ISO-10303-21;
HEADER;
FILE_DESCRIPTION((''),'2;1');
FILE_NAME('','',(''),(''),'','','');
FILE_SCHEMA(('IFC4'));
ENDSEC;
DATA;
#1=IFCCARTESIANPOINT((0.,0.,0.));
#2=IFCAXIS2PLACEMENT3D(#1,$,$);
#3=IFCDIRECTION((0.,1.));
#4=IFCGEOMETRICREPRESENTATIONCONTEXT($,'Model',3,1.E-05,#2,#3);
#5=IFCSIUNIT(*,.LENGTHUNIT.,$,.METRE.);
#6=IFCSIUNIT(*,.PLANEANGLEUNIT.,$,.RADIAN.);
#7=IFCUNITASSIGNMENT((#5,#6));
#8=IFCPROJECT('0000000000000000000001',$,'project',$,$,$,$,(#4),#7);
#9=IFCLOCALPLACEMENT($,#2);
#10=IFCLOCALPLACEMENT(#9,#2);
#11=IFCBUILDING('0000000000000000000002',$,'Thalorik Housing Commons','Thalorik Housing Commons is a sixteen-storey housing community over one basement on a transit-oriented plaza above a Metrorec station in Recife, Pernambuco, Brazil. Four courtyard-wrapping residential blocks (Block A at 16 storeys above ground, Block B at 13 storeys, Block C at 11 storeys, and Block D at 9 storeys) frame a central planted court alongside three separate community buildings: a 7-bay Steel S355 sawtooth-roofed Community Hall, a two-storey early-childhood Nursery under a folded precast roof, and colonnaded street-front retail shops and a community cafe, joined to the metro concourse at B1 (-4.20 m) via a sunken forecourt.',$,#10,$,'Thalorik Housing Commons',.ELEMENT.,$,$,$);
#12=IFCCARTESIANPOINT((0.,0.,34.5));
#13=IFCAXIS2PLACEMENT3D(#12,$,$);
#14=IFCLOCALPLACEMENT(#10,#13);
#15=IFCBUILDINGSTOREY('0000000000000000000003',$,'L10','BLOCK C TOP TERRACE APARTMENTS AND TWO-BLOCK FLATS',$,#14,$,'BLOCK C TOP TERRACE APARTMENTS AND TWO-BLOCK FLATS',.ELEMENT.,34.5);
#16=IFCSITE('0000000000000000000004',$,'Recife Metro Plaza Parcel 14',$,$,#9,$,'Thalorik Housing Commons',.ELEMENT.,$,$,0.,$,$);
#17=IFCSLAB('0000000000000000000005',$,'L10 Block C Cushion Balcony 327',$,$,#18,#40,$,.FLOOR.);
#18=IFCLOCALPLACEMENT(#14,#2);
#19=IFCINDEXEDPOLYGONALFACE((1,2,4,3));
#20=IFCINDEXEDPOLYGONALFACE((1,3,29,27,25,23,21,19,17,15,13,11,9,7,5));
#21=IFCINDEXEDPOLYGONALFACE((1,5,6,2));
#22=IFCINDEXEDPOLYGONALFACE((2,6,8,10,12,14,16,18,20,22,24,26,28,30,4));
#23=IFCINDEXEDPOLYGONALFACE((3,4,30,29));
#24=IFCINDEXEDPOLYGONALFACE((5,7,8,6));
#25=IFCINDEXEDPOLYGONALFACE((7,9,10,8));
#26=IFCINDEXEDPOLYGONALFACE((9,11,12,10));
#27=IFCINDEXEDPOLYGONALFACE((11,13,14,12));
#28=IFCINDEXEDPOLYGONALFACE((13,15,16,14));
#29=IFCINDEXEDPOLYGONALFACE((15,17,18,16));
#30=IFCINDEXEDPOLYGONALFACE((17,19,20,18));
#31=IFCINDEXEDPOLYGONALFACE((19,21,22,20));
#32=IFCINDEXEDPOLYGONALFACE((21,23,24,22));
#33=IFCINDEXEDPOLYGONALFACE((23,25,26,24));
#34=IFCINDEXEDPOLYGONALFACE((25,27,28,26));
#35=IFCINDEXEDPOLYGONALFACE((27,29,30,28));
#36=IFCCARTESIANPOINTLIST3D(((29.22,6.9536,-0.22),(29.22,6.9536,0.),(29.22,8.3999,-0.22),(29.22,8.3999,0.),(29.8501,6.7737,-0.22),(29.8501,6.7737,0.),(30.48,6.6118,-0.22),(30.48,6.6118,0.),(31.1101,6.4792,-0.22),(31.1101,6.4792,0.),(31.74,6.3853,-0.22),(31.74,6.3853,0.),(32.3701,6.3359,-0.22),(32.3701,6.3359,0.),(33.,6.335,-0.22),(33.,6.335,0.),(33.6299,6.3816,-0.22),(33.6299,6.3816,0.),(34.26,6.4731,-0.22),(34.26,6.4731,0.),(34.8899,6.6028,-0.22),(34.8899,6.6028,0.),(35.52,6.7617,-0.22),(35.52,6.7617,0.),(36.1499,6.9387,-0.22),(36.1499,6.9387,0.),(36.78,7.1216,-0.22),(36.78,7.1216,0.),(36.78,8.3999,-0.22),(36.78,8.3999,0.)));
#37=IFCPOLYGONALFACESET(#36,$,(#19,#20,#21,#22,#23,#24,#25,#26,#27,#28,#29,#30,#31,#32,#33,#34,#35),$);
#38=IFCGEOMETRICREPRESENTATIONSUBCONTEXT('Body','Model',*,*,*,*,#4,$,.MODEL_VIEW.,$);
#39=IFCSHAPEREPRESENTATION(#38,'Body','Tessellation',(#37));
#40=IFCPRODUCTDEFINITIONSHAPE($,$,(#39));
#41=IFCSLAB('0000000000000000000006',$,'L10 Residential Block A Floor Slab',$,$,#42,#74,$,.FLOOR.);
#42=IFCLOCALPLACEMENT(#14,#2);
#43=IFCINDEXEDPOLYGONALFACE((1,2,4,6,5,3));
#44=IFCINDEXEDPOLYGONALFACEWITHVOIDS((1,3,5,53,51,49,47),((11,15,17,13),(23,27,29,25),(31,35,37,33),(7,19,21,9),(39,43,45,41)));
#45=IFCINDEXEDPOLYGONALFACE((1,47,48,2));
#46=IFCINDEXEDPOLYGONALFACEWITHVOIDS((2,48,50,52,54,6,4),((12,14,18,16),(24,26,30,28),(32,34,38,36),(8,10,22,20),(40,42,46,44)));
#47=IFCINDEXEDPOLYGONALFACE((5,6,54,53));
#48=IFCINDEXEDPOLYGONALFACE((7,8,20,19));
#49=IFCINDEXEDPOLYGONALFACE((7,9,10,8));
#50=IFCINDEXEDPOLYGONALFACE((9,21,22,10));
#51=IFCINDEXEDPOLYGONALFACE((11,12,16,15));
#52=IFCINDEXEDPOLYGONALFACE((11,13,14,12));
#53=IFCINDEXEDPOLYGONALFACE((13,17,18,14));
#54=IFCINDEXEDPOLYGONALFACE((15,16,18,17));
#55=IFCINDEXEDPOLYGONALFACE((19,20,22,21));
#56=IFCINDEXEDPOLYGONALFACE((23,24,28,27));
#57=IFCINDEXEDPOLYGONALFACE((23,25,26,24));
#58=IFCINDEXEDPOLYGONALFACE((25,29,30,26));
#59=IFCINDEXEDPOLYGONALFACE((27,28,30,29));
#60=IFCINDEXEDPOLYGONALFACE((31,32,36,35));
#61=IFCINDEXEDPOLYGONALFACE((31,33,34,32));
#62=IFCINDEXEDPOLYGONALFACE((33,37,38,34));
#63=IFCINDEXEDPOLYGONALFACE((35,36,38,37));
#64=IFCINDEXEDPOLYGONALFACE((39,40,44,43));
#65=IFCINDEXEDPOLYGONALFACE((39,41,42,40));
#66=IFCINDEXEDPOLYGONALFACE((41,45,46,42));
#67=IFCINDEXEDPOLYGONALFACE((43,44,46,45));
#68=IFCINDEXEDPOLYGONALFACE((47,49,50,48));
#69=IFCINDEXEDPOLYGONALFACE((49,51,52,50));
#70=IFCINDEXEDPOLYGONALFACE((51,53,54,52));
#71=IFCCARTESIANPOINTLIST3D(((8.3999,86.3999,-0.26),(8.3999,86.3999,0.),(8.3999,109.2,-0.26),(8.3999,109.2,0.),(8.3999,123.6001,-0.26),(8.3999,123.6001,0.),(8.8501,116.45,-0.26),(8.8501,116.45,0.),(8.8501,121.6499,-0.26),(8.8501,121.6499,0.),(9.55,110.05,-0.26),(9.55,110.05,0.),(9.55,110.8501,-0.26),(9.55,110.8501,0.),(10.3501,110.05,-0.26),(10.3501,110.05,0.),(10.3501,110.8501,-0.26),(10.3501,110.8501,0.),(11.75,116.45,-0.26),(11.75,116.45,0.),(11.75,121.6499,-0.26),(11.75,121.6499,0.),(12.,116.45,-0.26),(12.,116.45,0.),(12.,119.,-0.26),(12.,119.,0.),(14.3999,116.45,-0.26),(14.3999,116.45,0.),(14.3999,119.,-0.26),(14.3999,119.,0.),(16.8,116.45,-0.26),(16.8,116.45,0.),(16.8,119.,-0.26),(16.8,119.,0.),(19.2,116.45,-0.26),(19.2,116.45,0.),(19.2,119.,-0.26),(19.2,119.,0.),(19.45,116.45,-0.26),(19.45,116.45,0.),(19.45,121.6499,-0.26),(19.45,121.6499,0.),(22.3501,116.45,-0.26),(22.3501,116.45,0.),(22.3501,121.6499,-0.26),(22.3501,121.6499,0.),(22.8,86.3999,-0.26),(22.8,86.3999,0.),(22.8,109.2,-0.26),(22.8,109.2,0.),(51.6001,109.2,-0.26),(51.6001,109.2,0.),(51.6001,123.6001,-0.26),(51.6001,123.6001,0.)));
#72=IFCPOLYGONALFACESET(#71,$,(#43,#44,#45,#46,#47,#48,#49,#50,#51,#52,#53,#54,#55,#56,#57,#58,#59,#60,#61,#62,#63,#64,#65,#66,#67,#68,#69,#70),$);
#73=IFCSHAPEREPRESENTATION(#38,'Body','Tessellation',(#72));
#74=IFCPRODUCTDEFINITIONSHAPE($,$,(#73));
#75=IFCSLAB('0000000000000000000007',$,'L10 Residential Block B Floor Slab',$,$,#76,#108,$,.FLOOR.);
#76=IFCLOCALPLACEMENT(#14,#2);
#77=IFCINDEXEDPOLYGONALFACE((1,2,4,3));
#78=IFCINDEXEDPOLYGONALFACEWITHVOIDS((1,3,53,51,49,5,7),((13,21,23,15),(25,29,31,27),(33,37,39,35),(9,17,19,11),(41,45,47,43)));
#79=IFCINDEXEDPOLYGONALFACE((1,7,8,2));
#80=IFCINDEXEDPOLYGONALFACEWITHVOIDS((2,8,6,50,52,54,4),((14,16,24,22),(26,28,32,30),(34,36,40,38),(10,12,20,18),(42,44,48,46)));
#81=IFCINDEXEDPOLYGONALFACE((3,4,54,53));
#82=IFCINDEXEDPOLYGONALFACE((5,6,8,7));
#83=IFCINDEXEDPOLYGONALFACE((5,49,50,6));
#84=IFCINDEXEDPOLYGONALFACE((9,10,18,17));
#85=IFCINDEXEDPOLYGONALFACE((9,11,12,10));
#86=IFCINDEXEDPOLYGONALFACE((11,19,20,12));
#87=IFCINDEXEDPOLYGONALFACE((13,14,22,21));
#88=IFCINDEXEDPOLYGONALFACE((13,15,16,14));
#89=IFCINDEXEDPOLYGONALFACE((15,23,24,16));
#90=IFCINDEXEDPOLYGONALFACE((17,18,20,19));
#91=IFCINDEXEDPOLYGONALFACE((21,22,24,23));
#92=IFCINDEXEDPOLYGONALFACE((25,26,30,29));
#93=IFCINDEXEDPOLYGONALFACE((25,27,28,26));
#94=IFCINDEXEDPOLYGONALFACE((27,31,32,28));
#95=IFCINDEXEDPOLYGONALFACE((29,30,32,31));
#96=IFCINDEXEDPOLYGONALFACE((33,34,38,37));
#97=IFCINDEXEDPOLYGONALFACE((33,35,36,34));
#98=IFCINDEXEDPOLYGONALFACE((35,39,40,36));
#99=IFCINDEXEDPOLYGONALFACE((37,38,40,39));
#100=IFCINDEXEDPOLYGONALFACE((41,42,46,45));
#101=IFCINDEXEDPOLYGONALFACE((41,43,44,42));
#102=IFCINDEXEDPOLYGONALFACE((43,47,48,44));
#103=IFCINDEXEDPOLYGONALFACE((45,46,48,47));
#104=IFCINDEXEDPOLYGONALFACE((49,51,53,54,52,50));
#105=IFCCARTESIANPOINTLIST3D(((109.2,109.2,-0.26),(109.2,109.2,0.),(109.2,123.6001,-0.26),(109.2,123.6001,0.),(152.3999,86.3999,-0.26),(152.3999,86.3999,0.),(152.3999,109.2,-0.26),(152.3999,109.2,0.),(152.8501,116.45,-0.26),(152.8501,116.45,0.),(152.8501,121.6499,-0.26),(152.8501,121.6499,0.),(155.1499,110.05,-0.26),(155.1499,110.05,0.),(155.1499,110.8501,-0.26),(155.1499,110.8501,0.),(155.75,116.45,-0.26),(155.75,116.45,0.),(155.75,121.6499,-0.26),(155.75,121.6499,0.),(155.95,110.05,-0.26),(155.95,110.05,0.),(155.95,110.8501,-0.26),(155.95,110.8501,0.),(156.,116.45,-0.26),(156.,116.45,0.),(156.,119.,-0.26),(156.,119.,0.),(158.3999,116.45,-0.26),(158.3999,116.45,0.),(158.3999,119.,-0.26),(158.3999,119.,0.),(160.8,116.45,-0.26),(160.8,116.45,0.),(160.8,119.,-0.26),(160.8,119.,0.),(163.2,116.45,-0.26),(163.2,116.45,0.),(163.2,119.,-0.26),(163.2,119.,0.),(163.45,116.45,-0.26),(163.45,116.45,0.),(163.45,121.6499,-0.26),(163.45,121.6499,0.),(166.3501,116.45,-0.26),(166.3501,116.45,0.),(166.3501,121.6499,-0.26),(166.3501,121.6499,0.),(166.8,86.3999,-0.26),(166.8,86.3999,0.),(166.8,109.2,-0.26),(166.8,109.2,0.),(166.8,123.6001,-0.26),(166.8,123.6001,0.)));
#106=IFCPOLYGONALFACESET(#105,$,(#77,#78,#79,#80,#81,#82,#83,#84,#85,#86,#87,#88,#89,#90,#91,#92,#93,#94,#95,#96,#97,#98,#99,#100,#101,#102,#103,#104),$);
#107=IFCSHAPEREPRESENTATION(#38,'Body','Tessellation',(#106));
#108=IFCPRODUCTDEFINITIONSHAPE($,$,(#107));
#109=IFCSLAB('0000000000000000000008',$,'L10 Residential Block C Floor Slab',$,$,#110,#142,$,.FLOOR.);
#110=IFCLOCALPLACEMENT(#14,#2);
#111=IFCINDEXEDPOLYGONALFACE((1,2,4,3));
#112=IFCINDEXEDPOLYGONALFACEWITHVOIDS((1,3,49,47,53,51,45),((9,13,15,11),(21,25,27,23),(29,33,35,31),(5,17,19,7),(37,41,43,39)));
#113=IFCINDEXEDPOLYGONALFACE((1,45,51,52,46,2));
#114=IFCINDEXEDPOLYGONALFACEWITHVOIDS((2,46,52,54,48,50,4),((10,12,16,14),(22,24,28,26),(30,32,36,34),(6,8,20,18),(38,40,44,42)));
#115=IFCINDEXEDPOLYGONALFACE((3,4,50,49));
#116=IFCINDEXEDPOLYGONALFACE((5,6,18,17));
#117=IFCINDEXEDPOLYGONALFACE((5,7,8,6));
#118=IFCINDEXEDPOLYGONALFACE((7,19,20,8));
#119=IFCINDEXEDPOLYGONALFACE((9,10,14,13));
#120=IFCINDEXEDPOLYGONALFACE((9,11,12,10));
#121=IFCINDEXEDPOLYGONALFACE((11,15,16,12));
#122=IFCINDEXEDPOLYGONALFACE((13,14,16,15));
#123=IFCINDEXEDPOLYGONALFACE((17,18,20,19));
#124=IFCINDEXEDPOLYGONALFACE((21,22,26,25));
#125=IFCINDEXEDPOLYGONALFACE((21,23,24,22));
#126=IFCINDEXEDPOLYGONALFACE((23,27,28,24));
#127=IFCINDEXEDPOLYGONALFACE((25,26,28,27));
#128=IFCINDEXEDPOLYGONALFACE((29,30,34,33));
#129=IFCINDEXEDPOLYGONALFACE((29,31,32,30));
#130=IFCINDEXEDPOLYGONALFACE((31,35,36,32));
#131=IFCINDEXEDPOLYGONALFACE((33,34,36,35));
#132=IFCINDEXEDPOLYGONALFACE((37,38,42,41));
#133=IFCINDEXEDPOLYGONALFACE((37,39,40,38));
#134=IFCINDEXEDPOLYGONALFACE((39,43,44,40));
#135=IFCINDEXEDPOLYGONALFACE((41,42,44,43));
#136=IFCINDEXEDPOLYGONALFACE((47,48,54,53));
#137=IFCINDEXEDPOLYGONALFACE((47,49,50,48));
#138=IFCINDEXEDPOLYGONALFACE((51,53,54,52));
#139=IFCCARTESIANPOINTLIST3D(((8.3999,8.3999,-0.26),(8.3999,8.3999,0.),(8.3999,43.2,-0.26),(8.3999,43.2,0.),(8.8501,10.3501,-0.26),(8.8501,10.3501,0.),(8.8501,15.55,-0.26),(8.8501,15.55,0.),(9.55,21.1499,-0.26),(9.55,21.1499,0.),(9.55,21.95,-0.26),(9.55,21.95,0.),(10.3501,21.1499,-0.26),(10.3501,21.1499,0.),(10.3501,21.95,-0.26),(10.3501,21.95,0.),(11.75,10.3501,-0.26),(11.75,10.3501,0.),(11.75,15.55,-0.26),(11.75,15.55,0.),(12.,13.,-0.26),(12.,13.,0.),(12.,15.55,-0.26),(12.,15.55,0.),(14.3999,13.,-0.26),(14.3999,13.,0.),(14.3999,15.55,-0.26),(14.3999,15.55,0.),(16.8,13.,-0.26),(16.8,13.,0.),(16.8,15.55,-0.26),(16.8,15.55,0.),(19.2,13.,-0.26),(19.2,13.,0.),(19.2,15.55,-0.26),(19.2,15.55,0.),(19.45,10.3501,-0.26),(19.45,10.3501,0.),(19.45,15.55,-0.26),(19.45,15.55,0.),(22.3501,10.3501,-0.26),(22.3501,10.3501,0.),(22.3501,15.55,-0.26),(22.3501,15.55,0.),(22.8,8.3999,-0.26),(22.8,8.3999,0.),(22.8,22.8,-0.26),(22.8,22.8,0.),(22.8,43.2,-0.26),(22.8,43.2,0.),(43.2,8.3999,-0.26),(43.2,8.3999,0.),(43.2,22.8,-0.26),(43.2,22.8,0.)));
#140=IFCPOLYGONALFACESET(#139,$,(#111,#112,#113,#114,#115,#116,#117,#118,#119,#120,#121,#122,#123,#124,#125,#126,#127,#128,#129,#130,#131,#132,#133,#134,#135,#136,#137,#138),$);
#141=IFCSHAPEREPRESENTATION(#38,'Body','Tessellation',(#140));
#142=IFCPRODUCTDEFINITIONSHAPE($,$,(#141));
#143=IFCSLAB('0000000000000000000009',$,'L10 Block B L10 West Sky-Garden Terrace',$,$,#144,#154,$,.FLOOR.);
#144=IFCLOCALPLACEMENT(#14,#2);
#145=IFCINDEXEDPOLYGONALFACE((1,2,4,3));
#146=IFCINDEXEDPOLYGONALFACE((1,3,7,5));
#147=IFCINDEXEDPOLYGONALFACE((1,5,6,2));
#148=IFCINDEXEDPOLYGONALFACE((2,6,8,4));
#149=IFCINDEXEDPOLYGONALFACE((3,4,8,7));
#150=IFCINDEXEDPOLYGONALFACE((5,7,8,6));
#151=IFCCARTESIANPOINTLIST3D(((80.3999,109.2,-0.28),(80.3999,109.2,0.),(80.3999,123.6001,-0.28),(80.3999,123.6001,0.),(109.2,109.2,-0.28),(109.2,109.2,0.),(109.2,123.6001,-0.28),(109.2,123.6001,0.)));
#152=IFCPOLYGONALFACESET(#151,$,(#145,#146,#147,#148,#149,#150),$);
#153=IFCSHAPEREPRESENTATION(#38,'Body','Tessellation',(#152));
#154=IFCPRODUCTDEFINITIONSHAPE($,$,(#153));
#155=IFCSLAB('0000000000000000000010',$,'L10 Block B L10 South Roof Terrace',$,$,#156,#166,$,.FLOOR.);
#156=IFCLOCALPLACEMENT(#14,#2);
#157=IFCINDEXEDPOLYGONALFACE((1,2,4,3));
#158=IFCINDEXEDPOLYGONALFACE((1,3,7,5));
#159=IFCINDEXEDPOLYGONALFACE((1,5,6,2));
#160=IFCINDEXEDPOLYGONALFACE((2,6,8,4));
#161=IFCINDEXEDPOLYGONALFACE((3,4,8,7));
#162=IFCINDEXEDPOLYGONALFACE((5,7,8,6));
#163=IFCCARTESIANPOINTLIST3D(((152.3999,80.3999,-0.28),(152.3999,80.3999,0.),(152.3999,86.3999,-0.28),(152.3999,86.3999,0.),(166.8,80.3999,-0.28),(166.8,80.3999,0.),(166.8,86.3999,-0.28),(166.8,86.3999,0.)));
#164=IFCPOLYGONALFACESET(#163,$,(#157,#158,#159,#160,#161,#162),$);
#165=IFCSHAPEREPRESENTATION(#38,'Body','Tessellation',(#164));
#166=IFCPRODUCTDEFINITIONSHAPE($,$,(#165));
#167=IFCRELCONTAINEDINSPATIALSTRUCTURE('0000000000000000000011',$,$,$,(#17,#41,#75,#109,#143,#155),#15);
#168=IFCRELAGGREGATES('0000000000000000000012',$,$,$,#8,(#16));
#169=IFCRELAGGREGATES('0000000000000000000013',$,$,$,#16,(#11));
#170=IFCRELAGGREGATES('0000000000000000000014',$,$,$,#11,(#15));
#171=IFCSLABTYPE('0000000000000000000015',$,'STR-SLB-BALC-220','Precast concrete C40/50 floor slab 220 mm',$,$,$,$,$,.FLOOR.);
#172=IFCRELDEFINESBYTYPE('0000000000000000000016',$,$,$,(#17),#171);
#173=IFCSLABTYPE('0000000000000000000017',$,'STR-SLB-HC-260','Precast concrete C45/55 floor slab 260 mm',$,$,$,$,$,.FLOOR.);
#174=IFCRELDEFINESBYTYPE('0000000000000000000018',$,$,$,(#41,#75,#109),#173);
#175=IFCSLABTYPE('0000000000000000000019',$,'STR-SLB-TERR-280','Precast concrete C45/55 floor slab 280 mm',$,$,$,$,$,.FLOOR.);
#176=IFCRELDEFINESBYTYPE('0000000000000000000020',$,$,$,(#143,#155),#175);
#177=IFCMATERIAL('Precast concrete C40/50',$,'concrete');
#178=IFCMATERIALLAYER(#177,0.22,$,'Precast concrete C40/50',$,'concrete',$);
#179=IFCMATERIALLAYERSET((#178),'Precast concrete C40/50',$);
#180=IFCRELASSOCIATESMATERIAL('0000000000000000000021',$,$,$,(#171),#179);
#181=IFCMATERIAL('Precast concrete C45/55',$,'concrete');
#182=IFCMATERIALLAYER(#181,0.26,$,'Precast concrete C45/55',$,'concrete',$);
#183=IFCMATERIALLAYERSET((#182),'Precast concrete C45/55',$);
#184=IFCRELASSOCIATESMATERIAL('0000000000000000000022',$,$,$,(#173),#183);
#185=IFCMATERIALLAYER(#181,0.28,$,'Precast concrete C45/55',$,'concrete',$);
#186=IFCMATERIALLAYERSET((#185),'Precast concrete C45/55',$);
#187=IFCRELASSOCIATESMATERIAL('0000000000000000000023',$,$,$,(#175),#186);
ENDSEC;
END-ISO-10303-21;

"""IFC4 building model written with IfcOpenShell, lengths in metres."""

from ifc_helpers import new_model, si_unit, direction, frame, origin, place, context, subcontext, project, spatial, polyline, outline, extrude, material, layer, layer_set, type_object, element, save


model = new_model("IFC4")

# Units and contexts
model_context = context("Model", 3, precision=1e-05, world=origin(), true_north=direction((0.0, 1.0)))
body_context = subcontext(model_context, "Body", "Model", "MODEL_VIEW")
ifc_project = project(units=[si_unit("LENGTHUNIT", "METRE"), si_unit("PLANEANGLEUNIT", "RADIAN")], contexts=[model_context])

# Site, building, storey
site_placement = place(None, origin())
site = spatial("IfcSite", under=ifc_project, at=site_placement, Name="Recife Metro Plaza Parcel 14", LongName="Thalorik Housing Commons", CompositionType="ELEMENT", RefElevation=0.0)
building_placement = place(site_placement, origin())
building = spatial("IfcBuilding", under=site, at=building_placement, Name="Thalorik Housing Commons", Description="Thalorik Housing Commons is a sixteen-storey housing community over one basement on a transit-oriented plaza above a Metrorec station in Recife, Pernambuco, Brazil. Four courtyard-wrapping residential blocks (Block A at 16 storeys above ground, Block B at 13 storeys, Block C at 11 storeys, and Block D at 9 storeys) frame a central planted court alongside three separate community buildings: a 7-bay Steel S355 sawtooth-roofed Community Hall, a two-storey early-childhood Nursery under a folded precast roof, and colonnaded street-front retail shops and a community cafe, joined to the metro concourse at B1 (-4.20 m) via a sunken forecourt.", LongName="Thalorik Housing Commons", CompositionType="ELEMENT")
storey_placement = place(building_placement, frame((0.0, 0.0, 34.5)))
storey = spatial("IfcBuildingStorey", under=building, at=storey_placement, Name="L10", Description="BLOCK C TOP TERRACE APARTMENTS AND TWO-BLOCK FLATS", LongName="BLOCK C TOP TERRACE APARTMENTS AND TWO-BLOCK FLATS", CompositionType="ELEMENT", Elevation=34.5)

# Slabs
ifc_material_1 = material(Name="Precast concrete C40/50", Category="concrete")
ifc_layer_1 = layer(ifc_material_1, 0.22, Name="Precast concrete C40/50", Category="concrete")
ifc_layer_set_1 = layer_set([ifc_layer_1], Name="Precast concrete C40/50")
slab_type_1 = type_object("IfcSlabType", Name="STR-SLB-BALC-220", Description="Precast concrete C40/50 floor slab 220 mm", PredefinedType="FLOOR", material=ifc_layer_set_1)
slab_1_placement = place(storey_placement, frame((0.0, 0.0, -0.22)))
element("IfcSlab", 1, at=slab_1_placement, inside=storey, type_object=slab_type_1, Name="L10 Block C Cushion Balcony 327", PredefinedType="FLOOR", context=body_context, shape_type="SweptSolid", body=[
    extrude(outline(polyline([(29.22, 6.9536), (29.8501, 6.7737), (30.48, 6.6118), (31.1101, 6.4792), (31.74, 6.3853), (32.3701, 6.3359), (33.0, 6.335), (33.6299, 6.3816), (34.26, 6.4731), (34.8899, 6.6028), (35.52, 6.7617), (36.1499, 6.9387), (36.78, 7.1216), (36.78, 8.3999), (29.22, 8.3999), (29.22, 6.9536)])), origin(), (0.0, 0.0, 1.0), 0.22),
])
ifc_material_2 = material(Name="Precast concrete C45/55", Category="concrete")
ifc_layer_2 = layer(ifc_material_2, 0.26, Name="Precast concrete C45/55", Category="concrete")
ifc_layer_set_2 = layer_set([ifc_layer_2], Name="Precast concrete C45/55")
slab_type_2 = type_object("IfcSlabType", Name="STR-SLB-HC-260", Description="Precast concrete C45/55 floor slab 260 mm", PredefinedType="FLOOR", material=ifc_layer_set_2)
slab_2_placement = place(storey_placement, frame((0.0, 0.0, -0.26)))
element("IfcSlab", 2, at=slab_2_placement, inside=storey, type_object=slab_type_2, Name="L10 Residential Block A Floor Slab", PredefinedType="FLOOR", context=body_context, shape_type="SweptSolid", body=[
    extrude(outline(polyline([(8.3999, 123.6001), (8.3999, 109.2), (8.3999, 86.3999), (22.8, 86.3999), (22.8, 109.2), (51.6001, 109.2), (51.6001, 123.6001), (8.3999, 123.6001)]), holes=[polyline([(8.8501, 121.6499), (11.75, 121.6499), (11.75, 116.45), (8.8501, 116.45), (8.8501, 121.6499)]), polyline([(22.3501, 121.6499), (22.3501, 116.45), (19.45, 116.45), (19.45, 121.6499), (22.3501, 121.6499)]), polyline([(14.3999, 119.0), (14.3999, 116.45), (12.0, 116.45), (12.0, 119.0), (14.3999, 119.0)]), polyline([(19.2, 116.45), (16.8, 116.45), (16.8, 119.0), (19.2, 119.0), (19.2, 116.45)]), polyline([(9.55, 110.05), (9.55, 110.8501), (10.3501, 110.8501), (10.3501, 110.05), (9.55, 110.05)])]), origin(), (0.0, 0.0, 1.0), 0.26),
])
slab_3_placement = place(storey_placement, frame((0.0, 0.0, -0.26)))
element("IfcSlab", 3, at=slab_3_placement, inside=storey, type_object=slab_type_2, Name="L10 Residential Block B Floor Slab", PredefinedType="FLOOR", context=body_context, shape_type="SweptSolid", body=[
    extrude(outline(polyline([(109.2, 109.2), (152.3999, 109.2), (152.3999, 86.3999), (166.8, 86.3999), (166.8, 109.2), (166.8, 123.6001), (109.2, 123.6001), (109.2, 109.2)]), holes=[polyline([(152.8501, 121.6499), (155.75, 121.6499), (155.75, 116.45), (152.8501, 116.45), (152.8501, 121.6499)]), polyline([(166.3501, 121.6499), (166.3501, 116.45), (163.45, 116.45), (163.45, 121.6499), (166.3501, 121.6499)]), polyline([(158.3999, 119.0), (158.3999, 116.45), (156.0, 116.45), (156.0, 119.0), (158.3999, 119.0)]), polyline([(163.2, 116.45), (160.8, 116.45), (160.8, 119.0), (163.2, 119.0), (163.2, 116.45)]), polyline([(155.1499, 110.05), (155.1499, 110.8501), (155.95, 110.8501), (155.95, 110.05), (155.1499, 110.05)])]), origin(), (0.0, 0.0, 1.0), 0.26),
])
slab_4_placement = place(storey_placement, frame((0.0, 0.0, -0.26)))
element("IfcSlab", 4, at=slab_4_placement, inside=storey, type_object=slab_type_2, Name="L10 Residential Block C Floor Slab", PredefinedType="FLOOR", context=body_context, shape_type="SweptSolid", body=[
    extrude(outline(polyline([(8.3999, 8.3999), (22.8, 8.3999), (43.2, 8.3999), (43.2, 22.8), (22.8, 22.8), (22.8, 43.2), (8.3999, 43.2), (8.3999, 8.3999)]), holes=[polyline([(11.75, 10.3501), (8.8501, 10.3501), (8.8501, 15.55), (11.75, 15.55), (11.75, 10.3501)]), polyline([(19.45, 10.3501), (19.45, 15.55), (22.3501, 15.55), (22.3501, 10.3501), (19.45, 10.3501)]), polyline([(14.3999, 15.55), (14.3999, 13.0), (12.0, 13.0), (12.0, 15.55), (14.3999, 15.55)]), polyline([(19.2, 13.0), (16.8, 13.0), (16.8, 15.55), (19.2, 15.55), (19.2, 13.0)]), polyline([(9.55, 21.1499), (9.55, 21.95), (10.3501, 21.95), (10.3501, 21.1499), (9.55, 21.1499)])]), origin(), (0.0, 0.0, 1.0), 0.26),
])
ifc_layer_3 = layer(ifc_material_2, 0.28, Name="Precast concrete C45/55", Category="concrete")
ifc_layer_set_3 = layer_set([ifc_layer_3], Name="Precast concrete C45/55")
slab_type_3 = type_object("IfcSlabType", Name="STR-SLB-TERR-280", Description="Precast concrete C45/55 floor slab 280 mm", PredefinedType="FLOOR", material=ifc_layer_set_3)
slab_5_placement = place(storey_placement, frame((0.0, 0.0, -0.28)))
element("IfcSlab", 5, at=slab_5_placement, inside=storey, type_object=slab_type_3, Name="L10 Block B L10 West Sky-Garden Terrace", PredefinedType="FLOOR", context=body_context, shape_type="SweptSolid", body=[
    extrude(outline(polyline([(109.2, 109.2), (109.2, 123.6001), (80.3999, 123.6001), (80.3999, 109.2), (109.2, 109.2)])), origin(), (0.0, 0.0, 1.0), 0.28),
])
slab_6_placement = place(storey_placement, frame((0.0, 0.0, -0.28)))
element("IfcSlab", 6, at=slab_6_placement, inside=storey, type_object=slab_type_3, Name="L10 Block B L10 South Roof Terrace", PredefinedType="FLOOR", context=body_context, shape_type="SweptSolid", body=[
    extrude(outline(polyline([(166.8, 80.3999), (166.8, 86.3999), (152.3999, 86.3999), (152.3999, 80.3999), (166.8, 80.3999)])), origin(), (0.0, 0.0, 1.0), 0.28),
])

save(model, "model.ifc")
